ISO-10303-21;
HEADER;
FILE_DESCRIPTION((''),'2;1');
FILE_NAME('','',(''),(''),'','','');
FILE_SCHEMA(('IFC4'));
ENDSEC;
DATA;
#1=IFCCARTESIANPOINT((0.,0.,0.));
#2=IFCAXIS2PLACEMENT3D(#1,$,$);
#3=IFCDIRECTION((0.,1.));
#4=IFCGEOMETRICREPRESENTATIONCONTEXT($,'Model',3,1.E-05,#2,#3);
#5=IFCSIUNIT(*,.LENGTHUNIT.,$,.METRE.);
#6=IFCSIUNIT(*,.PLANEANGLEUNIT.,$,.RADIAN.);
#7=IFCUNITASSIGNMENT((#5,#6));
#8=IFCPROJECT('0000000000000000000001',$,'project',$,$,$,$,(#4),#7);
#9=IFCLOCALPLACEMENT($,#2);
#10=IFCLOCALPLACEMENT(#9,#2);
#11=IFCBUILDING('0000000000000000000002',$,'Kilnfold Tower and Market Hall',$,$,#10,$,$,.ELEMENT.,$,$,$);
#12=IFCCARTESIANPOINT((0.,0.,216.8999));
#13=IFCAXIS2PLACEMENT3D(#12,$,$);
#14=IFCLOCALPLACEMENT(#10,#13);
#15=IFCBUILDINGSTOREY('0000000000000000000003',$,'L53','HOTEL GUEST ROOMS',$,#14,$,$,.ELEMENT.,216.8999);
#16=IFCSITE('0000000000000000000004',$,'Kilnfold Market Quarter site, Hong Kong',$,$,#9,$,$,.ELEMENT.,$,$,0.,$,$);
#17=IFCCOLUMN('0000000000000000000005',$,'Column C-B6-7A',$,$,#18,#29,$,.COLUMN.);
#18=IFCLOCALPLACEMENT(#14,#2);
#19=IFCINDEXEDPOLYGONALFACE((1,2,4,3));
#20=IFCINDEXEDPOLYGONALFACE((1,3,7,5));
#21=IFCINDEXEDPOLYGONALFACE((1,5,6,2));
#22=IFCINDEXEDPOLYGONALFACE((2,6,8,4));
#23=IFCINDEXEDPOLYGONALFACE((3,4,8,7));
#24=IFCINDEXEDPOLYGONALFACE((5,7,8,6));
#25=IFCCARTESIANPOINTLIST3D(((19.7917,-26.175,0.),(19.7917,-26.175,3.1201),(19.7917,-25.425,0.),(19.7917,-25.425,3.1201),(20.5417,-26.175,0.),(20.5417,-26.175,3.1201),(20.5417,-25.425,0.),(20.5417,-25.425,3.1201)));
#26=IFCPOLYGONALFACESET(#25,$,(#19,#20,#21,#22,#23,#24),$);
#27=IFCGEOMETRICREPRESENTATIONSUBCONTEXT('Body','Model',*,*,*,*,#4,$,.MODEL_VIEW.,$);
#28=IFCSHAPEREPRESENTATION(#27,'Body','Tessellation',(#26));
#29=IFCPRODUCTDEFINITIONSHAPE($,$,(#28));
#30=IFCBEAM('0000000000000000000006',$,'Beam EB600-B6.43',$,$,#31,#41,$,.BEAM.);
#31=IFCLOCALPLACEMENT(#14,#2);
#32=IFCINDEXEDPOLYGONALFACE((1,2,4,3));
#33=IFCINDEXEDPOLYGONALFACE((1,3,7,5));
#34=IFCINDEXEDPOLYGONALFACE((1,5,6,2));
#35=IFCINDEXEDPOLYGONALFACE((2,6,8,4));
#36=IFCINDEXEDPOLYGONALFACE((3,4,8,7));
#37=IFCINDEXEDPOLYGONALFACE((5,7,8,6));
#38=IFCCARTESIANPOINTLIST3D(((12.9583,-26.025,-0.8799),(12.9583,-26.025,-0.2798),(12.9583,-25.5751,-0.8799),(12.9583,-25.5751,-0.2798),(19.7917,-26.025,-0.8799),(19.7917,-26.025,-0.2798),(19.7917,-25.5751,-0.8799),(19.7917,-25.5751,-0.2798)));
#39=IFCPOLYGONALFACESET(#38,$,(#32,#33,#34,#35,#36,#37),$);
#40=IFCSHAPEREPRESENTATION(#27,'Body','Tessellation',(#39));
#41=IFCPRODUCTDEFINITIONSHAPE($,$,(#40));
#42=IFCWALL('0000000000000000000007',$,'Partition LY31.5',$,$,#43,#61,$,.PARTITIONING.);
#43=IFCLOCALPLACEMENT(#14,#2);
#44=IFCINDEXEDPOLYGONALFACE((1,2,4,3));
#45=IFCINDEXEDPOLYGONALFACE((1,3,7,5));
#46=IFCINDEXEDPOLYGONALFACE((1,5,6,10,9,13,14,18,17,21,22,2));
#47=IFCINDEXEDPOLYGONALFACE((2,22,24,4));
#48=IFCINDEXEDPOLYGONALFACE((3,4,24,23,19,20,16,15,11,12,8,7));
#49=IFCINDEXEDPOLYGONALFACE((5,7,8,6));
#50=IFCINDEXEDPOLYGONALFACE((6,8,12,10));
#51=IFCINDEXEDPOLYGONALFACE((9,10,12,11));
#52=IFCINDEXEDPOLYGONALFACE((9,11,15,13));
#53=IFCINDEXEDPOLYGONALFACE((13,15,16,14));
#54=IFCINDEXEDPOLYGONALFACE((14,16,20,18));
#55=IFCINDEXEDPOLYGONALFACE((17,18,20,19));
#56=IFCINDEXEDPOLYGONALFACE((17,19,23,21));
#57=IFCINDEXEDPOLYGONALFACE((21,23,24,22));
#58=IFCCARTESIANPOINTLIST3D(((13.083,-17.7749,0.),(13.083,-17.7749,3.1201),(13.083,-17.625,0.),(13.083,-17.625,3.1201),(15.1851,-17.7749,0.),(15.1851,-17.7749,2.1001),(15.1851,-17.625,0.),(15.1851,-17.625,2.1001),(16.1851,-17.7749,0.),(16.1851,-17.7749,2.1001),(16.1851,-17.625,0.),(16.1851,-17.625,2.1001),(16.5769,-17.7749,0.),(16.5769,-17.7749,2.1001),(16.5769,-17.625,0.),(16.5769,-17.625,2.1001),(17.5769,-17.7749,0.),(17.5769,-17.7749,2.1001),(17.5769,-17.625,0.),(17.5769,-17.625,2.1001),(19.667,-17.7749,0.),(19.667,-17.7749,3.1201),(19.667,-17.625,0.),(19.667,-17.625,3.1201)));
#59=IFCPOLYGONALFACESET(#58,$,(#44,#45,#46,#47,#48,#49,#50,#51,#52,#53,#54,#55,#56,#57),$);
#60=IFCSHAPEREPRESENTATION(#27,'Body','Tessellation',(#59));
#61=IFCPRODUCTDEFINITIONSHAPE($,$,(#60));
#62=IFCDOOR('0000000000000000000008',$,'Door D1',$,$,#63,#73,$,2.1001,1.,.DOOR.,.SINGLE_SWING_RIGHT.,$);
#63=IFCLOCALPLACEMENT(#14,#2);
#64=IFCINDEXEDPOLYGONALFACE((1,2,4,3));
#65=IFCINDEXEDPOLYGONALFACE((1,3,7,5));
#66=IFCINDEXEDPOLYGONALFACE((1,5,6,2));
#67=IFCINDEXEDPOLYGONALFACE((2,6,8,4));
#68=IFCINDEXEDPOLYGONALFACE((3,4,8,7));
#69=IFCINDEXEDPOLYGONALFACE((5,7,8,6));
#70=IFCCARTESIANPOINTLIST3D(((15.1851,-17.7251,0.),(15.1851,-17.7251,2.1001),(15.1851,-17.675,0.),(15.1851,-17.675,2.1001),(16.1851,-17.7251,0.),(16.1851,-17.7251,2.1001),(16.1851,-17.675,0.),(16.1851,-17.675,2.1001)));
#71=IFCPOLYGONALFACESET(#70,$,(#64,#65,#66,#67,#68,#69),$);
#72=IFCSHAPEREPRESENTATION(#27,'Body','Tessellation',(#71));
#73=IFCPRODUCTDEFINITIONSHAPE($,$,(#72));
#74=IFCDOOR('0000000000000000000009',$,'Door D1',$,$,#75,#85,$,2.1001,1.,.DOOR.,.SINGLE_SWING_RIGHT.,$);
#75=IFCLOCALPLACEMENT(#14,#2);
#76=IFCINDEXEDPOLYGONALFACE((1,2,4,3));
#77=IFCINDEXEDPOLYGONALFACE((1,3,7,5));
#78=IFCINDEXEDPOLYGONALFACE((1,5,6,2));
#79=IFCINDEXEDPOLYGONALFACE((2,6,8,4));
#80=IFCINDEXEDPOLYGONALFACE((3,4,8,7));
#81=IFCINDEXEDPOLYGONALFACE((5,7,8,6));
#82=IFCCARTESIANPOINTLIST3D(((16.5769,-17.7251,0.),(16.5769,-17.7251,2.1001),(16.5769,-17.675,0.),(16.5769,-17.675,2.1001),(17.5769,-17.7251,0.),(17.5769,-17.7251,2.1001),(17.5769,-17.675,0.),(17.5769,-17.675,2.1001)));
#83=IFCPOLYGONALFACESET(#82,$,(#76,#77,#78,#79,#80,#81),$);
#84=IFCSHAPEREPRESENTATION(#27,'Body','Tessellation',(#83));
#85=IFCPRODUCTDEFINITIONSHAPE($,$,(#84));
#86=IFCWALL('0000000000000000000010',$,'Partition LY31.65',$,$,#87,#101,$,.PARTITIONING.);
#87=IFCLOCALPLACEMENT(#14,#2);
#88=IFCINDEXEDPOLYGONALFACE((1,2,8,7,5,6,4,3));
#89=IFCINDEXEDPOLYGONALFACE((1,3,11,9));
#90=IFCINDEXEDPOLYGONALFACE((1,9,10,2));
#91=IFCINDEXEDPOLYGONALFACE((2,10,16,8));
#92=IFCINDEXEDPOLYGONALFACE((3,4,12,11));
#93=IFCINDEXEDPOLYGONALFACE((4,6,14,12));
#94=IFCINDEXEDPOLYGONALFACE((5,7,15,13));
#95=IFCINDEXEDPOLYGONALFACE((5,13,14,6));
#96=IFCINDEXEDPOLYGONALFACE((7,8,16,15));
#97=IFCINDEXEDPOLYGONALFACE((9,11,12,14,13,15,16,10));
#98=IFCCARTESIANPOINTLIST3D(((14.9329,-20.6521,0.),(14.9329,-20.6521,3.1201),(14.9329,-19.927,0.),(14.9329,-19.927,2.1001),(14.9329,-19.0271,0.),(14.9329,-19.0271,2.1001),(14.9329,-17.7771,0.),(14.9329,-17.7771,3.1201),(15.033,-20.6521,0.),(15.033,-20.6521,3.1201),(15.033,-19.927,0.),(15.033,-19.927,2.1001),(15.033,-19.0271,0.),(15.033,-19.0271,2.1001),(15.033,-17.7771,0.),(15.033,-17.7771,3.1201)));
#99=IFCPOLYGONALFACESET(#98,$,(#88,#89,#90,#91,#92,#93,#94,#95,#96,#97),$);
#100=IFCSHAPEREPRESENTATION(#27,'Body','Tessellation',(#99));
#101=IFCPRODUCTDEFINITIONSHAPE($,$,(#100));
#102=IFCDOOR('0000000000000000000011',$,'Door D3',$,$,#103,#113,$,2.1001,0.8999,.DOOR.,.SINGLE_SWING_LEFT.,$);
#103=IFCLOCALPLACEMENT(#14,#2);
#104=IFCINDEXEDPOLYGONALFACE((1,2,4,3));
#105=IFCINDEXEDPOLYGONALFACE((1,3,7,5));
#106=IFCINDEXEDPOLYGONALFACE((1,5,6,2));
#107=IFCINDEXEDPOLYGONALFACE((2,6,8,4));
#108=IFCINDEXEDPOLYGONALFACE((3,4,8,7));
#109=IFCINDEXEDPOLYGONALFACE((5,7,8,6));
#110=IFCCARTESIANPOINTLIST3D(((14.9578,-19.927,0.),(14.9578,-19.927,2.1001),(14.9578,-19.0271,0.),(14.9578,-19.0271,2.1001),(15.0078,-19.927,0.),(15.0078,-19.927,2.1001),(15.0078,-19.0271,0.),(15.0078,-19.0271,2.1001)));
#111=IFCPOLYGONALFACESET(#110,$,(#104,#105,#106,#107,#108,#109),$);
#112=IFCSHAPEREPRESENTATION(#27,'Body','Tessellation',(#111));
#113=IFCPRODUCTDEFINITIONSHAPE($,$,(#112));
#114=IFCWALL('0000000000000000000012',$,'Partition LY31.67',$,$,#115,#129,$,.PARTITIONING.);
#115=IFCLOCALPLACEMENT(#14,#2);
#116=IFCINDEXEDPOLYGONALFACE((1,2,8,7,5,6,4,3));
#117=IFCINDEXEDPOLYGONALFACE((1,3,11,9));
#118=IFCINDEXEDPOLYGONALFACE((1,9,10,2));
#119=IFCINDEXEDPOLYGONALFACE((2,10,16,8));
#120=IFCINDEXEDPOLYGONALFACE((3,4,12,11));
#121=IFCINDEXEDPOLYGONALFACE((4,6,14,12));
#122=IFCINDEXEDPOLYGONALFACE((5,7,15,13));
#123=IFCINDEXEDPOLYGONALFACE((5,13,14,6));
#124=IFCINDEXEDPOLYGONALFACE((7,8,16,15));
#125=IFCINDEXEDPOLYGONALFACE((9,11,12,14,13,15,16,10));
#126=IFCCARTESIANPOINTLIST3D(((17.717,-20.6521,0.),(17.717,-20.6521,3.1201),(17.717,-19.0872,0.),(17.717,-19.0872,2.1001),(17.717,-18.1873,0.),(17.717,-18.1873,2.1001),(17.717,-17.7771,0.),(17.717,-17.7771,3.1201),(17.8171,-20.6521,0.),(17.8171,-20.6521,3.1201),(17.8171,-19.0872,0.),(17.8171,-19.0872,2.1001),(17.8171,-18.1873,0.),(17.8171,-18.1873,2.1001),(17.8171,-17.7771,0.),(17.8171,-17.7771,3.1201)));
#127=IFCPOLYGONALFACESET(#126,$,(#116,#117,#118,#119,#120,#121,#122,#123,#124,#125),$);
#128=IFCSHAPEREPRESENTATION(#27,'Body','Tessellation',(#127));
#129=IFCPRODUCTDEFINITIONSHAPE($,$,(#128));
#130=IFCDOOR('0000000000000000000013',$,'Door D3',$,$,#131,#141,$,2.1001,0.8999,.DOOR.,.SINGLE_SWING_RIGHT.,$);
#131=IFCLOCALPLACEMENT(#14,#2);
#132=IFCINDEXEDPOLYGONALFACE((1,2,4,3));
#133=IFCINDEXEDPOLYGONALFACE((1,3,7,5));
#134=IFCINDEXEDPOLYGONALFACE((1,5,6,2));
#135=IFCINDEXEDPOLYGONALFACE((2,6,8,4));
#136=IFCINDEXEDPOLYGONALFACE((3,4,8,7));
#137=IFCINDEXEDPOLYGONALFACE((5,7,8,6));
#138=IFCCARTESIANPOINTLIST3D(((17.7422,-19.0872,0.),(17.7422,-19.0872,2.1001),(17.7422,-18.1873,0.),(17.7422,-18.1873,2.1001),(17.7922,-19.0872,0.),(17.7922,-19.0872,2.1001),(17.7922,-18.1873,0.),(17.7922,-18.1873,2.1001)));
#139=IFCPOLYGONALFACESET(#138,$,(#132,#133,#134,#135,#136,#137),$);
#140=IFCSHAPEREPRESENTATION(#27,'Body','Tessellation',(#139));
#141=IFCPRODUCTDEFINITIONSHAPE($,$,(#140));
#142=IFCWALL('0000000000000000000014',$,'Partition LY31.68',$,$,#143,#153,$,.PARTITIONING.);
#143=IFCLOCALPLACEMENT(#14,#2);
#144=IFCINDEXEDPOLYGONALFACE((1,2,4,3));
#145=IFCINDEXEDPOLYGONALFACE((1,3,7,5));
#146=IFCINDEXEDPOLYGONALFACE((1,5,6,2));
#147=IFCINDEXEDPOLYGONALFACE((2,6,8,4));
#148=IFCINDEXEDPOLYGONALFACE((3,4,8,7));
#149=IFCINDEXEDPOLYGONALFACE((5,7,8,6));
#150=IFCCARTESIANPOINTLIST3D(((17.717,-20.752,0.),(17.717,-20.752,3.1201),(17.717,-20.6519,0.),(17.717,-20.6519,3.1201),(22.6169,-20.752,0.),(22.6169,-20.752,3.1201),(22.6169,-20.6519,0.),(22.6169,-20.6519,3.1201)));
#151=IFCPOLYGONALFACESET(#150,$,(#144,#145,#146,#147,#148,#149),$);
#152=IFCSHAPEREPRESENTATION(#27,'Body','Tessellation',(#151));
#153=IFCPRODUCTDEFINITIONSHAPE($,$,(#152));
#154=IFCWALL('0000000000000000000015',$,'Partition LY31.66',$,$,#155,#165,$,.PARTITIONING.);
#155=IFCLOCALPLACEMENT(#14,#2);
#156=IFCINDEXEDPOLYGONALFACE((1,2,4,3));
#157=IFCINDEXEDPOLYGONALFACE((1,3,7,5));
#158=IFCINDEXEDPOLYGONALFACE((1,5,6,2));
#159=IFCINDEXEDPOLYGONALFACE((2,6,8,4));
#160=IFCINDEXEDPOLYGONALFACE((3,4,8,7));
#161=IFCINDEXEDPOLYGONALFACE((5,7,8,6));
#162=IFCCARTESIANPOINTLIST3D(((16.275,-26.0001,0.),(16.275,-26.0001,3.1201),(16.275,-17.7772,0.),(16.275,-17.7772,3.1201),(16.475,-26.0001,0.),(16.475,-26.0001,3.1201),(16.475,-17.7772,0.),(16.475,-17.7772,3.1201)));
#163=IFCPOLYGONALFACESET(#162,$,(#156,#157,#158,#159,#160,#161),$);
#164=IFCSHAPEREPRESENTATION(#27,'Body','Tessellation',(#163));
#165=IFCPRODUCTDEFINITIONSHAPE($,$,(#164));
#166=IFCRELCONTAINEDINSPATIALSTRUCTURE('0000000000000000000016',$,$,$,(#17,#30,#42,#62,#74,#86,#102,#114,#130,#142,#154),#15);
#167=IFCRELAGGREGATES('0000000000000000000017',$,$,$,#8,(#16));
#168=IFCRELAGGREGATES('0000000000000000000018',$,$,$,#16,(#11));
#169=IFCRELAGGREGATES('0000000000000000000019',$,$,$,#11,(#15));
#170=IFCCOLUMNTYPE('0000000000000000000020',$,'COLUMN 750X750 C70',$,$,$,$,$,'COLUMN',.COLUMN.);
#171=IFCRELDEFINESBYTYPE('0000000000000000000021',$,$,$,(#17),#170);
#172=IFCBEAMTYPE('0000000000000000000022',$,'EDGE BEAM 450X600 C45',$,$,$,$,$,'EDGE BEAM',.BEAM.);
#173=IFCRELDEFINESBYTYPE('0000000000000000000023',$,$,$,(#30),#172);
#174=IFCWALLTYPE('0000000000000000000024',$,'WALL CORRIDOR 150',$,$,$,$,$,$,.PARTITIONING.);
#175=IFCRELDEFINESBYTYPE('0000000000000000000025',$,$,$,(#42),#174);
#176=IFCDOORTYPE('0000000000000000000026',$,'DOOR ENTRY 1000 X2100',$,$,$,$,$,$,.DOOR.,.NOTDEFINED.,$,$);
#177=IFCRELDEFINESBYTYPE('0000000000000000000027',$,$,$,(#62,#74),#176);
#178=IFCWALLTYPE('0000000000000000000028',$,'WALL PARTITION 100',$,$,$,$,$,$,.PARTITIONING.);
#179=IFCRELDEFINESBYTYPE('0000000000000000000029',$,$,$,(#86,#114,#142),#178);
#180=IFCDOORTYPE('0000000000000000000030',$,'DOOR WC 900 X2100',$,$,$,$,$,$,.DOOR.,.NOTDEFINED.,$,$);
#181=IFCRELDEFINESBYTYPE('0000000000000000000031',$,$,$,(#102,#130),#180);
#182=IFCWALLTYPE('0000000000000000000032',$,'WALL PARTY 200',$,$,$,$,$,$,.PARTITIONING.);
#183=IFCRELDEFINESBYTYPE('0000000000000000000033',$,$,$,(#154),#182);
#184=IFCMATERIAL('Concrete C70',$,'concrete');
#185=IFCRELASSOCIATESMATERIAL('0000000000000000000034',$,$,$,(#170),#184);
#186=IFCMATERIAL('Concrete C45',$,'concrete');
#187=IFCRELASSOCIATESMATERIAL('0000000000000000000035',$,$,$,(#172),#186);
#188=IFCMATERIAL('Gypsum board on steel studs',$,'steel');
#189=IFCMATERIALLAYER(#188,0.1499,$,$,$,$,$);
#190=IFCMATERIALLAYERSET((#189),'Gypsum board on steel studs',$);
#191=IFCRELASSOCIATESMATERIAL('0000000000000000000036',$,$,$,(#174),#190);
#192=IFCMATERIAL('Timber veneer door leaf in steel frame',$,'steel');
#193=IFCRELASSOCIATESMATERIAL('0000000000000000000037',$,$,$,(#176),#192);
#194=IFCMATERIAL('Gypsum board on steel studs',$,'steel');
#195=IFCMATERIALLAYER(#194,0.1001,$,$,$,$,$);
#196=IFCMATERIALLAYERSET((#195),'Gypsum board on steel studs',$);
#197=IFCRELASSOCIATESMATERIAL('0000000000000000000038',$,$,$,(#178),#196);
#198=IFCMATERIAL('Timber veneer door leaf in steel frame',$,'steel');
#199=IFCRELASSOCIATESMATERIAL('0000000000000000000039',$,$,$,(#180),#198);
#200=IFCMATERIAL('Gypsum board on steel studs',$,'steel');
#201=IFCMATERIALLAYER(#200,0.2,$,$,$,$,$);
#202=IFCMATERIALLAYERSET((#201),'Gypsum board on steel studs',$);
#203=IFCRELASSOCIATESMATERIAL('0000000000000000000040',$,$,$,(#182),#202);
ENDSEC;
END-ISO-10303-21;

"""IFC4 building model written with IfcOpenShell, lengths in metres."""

from ifc_helpers import new_model, si_unit, direction, frame, frame_2d, origin, origin_2d, place, context, subcontext, project, spatial, rectangle, extrude, source, transform, mapped, material, layer, layer_set, material_profile, profile_set, type_object, element, fill, save


model = new_model("IFC4")

# Units and contexts
model_context = context("Model", 3, precision=1e-05, world=origin(), true_north=direction((0.0, 1.0)))
body_context = subcontext(model_context, "Body", "Model", "MODEL_VIEW")
ifc_project = project(units=[si_unit("LENGTHUNIT", "METRE"), si_unit("PLANEANGLEUNIT", "RADIAN")], contexts=[model_context])

# Site, building, storey
site_placement = place(None, origin())
site = spatial("IfcSite", under=ifc_project, at=site_placement, Name="Kilnfold Market Quarter site, Hong Kong", CompositionType="ELEMENT", RefElevation=0.0)
building_placement = place(site_placement, origin())
building = spatial("IfcBuilding", under=site, at=building_placement, Name="Kilnfold Tower and Market Hall", CompositionType="ELEMENT")
storey_placement = place(building_placement, frame((0.0, 0.0, 216.8999)))
storey = spatial("IfcBuildingStorey", under=building, at=storey_placement, Name="L53", Description="HOTEL GUEST ROOMS", CompositionType="ELEMENT", Elevation=216.8999)

# Column
ifc_material_1 = material(Name="Concrete C70", Category="concrete")
ifc_material_profile_1 = material_profile(ifc_material_1, rectangle(XDim=0.75, YDim=0.75, at=origin_2d()), Name="RC 750x750")
ifc_profile_set_1 = profile_set([ifc_material_profile_1], Name="Concrete C70")
column_type = type_object("IfcColumnType", Name="COLUMN 750X750 C70", ElementType="COLUMN", PredefinedType="COLUMN", material=ifc_profile_set_1)
shared_shape_1 = source(origin(), body_context, "Body", "SweptSolid", [
    extrude(rectangle(XDim=0.75, YDim=0.75, at=origin_2d()), origin(), (0.0, 0.0, 1.0), 3.1201),
])
column_placement = place(storey_placement, frame((20.1667, -25.8, 0.0), z_axis=(0.0, 0.0, 1.0), x_axis=(1.0, 0.0, 0.0)))
element("IfcColumn", 1, at=column_placement, inside=storey, type_object=column_type, Name="Column C-B6-7A", PredefinedType="COLUMN", context=body_context, shape_type="MappedRepresentation", body=[
    mapped(shared_shape_1, transform((0.0, 0.0, 0.0))),
])

# Beam
ifc_material_2 = material(Name="Concrete C45", Category="concrete")
ifc_material_profile_2 = material_profile(ifc_material_2, rectangle(XDim=0.45, YDim=0.6001, at=origin_2d()), Name="RC 450x600")
ifc_profile_set_2 = profile_set([ifc_material_profile_2], Name="Concrete C45")
beam_type = type_object("IfcBeamType", Name="EDGE BEAM 450X600 C45", ElementType="EDGE BEAM", PredefinedType="BEAM", material=ifc_profile_set_2)
shared_shape_2 = source(origin(), body_context, "Body", "SweptSolid", [
    extrude(rectangle(XDim=0.45, YDim=0.6001, at=origin_2d()), origin(), (0.0, 0.0, 1.0), 6.8335),
])
beam_placement = place(storey_placement, frame((12.9583, -25.8, -0.5798), z_axis=(1.0, 0.0, 0.0), x_axis=(0.0, 1.0, 0.0)))
element("IfcBeam", 2, at=beam_placement, inside=storey, type_object=beam_type, Name="Beam EB600-B6.43", PredefinedType="BEAM", context=body_context, shape_type="MappedRepresentation", body=[
    mapped(shared_shape_2, transform((0.0, 0.0, 0.0))),
])

# Wall, openings, doors
ifc_material_3 = material(Name="Gypsum board on steel studs", Category="steel")
ifc_layer_1 = layer(ifc_material_3, 0.1499)
ifc_layer_set_1 = layer_set([ifc_layer_1], Name="Gypsum board on steel studs")
wall_type_1 = type_object("IfcWallType", Name="WALL CORRIDOR 150", PredefinedType="PARTITIONING", material=ifc_layer_set_1)
wall_1_placement = place(storey_placement, frame((13.083, -17.7, 0.0), z_axis=(0.0, 0.0, 1.0), x_axis=(1.0, 0.0, 0.0)))
wall_1 = element("IfcWall", 3, at=wall_1_placement, inside=storey, type_object=wall_type_1, Name="Partition LY31.5", PredefinedType="PARTITIONING", context=body_context, shape_type="SweptSolid", body=[
    extrude(rectangle(XDim=6.584, YDim=0.1499, at=frame_2d((3.292, 0.0))), origin(), (0.0, 0.0, 1.0), 3.1201),
])
opening_1_placement = place(wall_1_placement, frame((2.1021, 0.0, 0.0)))
opening_1 = element("IfcOpeningElement", 4, at=opening_1_placement, cuts=wall_1, PredefinedType="OPENING", context=body_context, shape_type="SweptSolid", body=[
    extrude(rectangle(XDim=1.0, YDim=2.1001, at=frame_2d((0.5, 1.05))), frame((0.0, 0.085, 0.0), z_axis=(0.0, -1.0, 0.0), x_axis=(1.0, 0.0, 0.0)), (0.0, 0.0, 1.0), 0.1699),
])
opening_2_placement = place(wall_1_placement, frame((3.4939, 0.0, 0.0)))
opening_2 = element("IfcOpeningElement", 5, at=opening_2_placement, cuts=wall_1, PredefinedType="OPENING", context=body_context, shape_type="SweptSolid", body=[
    extrude(rectangle(XDim=1.0, YDim=2.1001, at=frame_2d((0.5, 1.05))), frame((0.0, 0.085, 0.0), z_axis=(0.0, -1.0, 0.0), x_axis=(1.0, 0.0, 0.0)), (0.0, 0.0, 1.0), 0.1699),
])
ifc_material_4 = material(Name="Timber veneer door leaf in steel frame", Category="steel")
door_type_1 = type_object("IfcDoorType", Name="DOOR ENTRY 1000 X2100", OperationType="NOTDEFINED", PredefinedType="DOOR", material=ifc_material_4)
door_1_placement = place(opening_1_placement, origin())
door_1 = element("IfcDoor", 6, at=door_1_placement, inside=storey, type_object=door_type_1, Name="Door D1", OperationType="SINGLE_SWING_RIGHT", OverallHeight=2.1001, OverallWidth=1.0, PredefinedType="DOOR", context=body_context, shape_type="SweptSolid", body=[
    extrude(rectangle(XDim=1.0, YDim=2.1001, at=frame_2d((0.5, 1.05))), frame((0.0, 0.0249, 0.0), z_axis=(0.0, -1.0, 0.0), x_axis=(1.0, 0.0, 0.0)), (0.0, 0.0, 1.0), 0.05),
])
fill(opening_1, door_1)
door_2_placement = place(opening_2_placement, origin())
door_2 = element("IfcDoor", 7, at=door_2_placement, inside=storey, type_object=door_type_1, Name="Door D1", OperationType="SINGLE_SWING_RIGHT", OverallHeight=2.1001, OverallWidth=1.0, PredefinedType="DOOR", context=body_context, shape_type="SweptSolid", body=[
    extrude(rectangle(XDim=1.0, YDim=2.1001, at=frame_2d((0.5, 1.05))), frame((0.0, 0.0249, 0.0), z_axis=(0.0, -1.0, 0.0), x_axis=(1.0, 0.0, 0.0)), (0.0, 0.0, 1.0), 0.05),
])
fill(opening_2, door_2)

# Walls, openings, doors
ifc_material_5 = material(Name="Gypsum board on steel studs", Category="steel")
ifc_layer_2 = layer(ifc_material_5, 0.1001)
ifc_layer_set_2 = layer_set([ifc_layer_2], Name="Gypsum board on steel studs")
wall_type_2 = type_object("IfcWallType", Name="WALL PARTITION 100", PredefinedType="PARTITIONING", material=ifc_layer_set_2)
wall_2_placement = place(storey_placement, frame((14.9829, -17.7771, 0.0), z_axis=(0.0, 0.0, 1.0), x_axis=(0.0, -1.0, 0.0)))
wall_2 = element("IfcWall", 8, at=wall_2_placement, inside=storey, type_object=wall_type_2, Name="Partition LY31.65", PredefinedType="PARTITIONING", context=body_context, shape_type="SweptSolid", body=[
    extrude(rectangle(XDim=2.875, YDim=0.1001, at=frame_2d((1.4375, 0.0))), origin(), (0.0, 0.0, 1.0), 3.1201),
])
opening_3_placement = place(wall_2_placement, frame((1.25, 0.0, 0.0)))
opening_3 = element("IfcOpeningElement", 9, at=opening_3_placement, cuts=wall_2, PredefinedType="OPENING", context=body_context, shape_type="SweptSolid", body=[
    extrude(rectangle(XDim=0.8999, YDim=2.1001, at=frame_2d((0.45, 1.05))), frame((0.0, 0.0601, 0.0), z_axis=(0.0, -1.0, 0.0), x_axis=(1.0, 0.0, 0.0)), (0.0, 0.0, 1.0), 0.1201),
])
ifc_material_6 = material(Name="Timber veneer door leaf in steel frame", Category="steel")
door_type_2 = type_object("IfcDoorType", Name="DOOR WC 900 X2100", OperationType="NOTDEFINED", PredefinedType="DOOR", material=ifc_material_6)
door_3_placement = place(opening_3_placement, origin())
door_3 = element("IfcDoor", 10, at=door_3_placement, inside=storey, type_object=door_type_2, Name="Door D3", OperationType="SINGLE_SWING_LEFT", OverallHeight=2.1001, OverallWidth=0.8999, PredefinedType="DOOR", context=body_context, shape_type="SweptSolid", body=[
    extrude(rectangle(XDim=0.8999, YDim=2.1001, at=frame_2d((0.45, 1.05))), frame((0.0, 0.0249, 0.0), z_axis=(0.0, -1.0, 0.0), x_axis=(1.0, 0.0, 0.0)), (0.0, 0.0, 1.0), 0.05),
])
fill(opening_3, door_3)
wall_3_placement = place(storey_placement, frame((17.7671, -20.6521, 0.0), z_axis=(0.0, 0.0, 1.0), x_axis=(0.0, 1.0, 0.0)))
wall_3 = element("IfcWall", 11, at=wall_3_placement, inside=storey, type_object=wall_type_2, Name="Partition LY31.67", PredefinedType="PARTITIONING", context=body_context, shape_type="SweptSolid", body=[
    extrude(rectangle(XDim=2.875, YDim=0.1001, at=frame_2d((1.4375, 0.0))), origin(), (0.0, 0.0, 1.0), 3.1201),
])
opening_4_placement = place(wall_3_placement, frame((1.5649, 0.0, 0.0)))
opening_4 = element("IfcOpeningElement", 12, at=opening_4_placement, cuts=wall_3, PredefinedType="OPENING", context=body_context, shape_type="SweptSolid", body=[
    extrude(rectangle(XDim=0.8999, YDim=2.1001, at=frame_2d((0.45, 1.05))), frame((0.0, 0.0601, 0.0), z_axis=(0.0, -1.0, 0.0), x_axis=(1.0, 0.0, 0.0)), (0.0, 0.0, 1.0), 0.1201),
])
door_4_placement = place(opening_4_placement, origin())
door_4 = element("IfcDoor", 13, at=door_4_placement, inside=storey, type_object=door_type_2, Name="Door D3", OperationType="SINGLE_SWING_RIGHT", OverallHeight=2.1001, OverallWidth=0.8999, PredefinedType="DOOR", context=body_context, shape_type="SweptSolid", body=[
    extrude(rectangle(XDim=0.8999, YDim=2.1001, at=frame_2d((0.45, 1.05))), frame((0.0, 0.0249, 0.0), z_axis=(0.0, -1.0, 0.0), x_axis=(1.0, 0.0, 0.0)), (0.0, 0.0, 1.0), 0.05),
])
fill(opening_4, door_4)

# Walls
wall_4_placement = place(storey_placement, frame((17.717, -20.7019, 0.0), z_axis=(0.0, 0.0, 1.0), x_axis=(1.0, 0.0, 0.0)))
element("IfcWall", 14, at=wall_4_placement, inside=storey, type_object=wall_type_2, Name="Partition LY31.68", PredefinedType="PARTITIONING", context=body_context, shape_type="SweptSolid", body=[
    extrude(rectangle(XDim=4.8999, YDim=0.1001, at=frame_2d((2.45, 0.0))), origin(), (0.0, 0.0, 1.0), 3.1201),
])
ifc_material_7 = material(Name="Gypsum board on steel studs", Category="steel")
ifc_layer_3 = layer(ifc_material_7, 0.2)
ifc_layer_set_3 = layer_set([ifc_layer_3], Name="Gypsum board on steel studs")
wall_type_3 = type_object("IfcWallType", Name="WALL PARTY 200", PredefinedType="PARTITIONING", material=ifc_layer_set_3)
wall_5_placement = place(storey_placement, frame((16.375, -26.0, 0.0), z_axis=(0.0, 0.0, 1.0), x_axis=(0.0, 1.0, 0.0)))
element("IfcWall", 15, at=wall_5_placement, inside=storey, type_object=wall_type_3, Name="Partition LY31.66", PredefinedType="PARTITIONING", context=body_context, shape_type="SweptSolid", body=[
    extrude(rectangle(XDim=8.2229, YDim=0.2, at=frame_2d((4.1113, 0.0))), origin(), (0.0, 0.0, 1.0), 3.1201),
])

save(model, "model.ifc")
